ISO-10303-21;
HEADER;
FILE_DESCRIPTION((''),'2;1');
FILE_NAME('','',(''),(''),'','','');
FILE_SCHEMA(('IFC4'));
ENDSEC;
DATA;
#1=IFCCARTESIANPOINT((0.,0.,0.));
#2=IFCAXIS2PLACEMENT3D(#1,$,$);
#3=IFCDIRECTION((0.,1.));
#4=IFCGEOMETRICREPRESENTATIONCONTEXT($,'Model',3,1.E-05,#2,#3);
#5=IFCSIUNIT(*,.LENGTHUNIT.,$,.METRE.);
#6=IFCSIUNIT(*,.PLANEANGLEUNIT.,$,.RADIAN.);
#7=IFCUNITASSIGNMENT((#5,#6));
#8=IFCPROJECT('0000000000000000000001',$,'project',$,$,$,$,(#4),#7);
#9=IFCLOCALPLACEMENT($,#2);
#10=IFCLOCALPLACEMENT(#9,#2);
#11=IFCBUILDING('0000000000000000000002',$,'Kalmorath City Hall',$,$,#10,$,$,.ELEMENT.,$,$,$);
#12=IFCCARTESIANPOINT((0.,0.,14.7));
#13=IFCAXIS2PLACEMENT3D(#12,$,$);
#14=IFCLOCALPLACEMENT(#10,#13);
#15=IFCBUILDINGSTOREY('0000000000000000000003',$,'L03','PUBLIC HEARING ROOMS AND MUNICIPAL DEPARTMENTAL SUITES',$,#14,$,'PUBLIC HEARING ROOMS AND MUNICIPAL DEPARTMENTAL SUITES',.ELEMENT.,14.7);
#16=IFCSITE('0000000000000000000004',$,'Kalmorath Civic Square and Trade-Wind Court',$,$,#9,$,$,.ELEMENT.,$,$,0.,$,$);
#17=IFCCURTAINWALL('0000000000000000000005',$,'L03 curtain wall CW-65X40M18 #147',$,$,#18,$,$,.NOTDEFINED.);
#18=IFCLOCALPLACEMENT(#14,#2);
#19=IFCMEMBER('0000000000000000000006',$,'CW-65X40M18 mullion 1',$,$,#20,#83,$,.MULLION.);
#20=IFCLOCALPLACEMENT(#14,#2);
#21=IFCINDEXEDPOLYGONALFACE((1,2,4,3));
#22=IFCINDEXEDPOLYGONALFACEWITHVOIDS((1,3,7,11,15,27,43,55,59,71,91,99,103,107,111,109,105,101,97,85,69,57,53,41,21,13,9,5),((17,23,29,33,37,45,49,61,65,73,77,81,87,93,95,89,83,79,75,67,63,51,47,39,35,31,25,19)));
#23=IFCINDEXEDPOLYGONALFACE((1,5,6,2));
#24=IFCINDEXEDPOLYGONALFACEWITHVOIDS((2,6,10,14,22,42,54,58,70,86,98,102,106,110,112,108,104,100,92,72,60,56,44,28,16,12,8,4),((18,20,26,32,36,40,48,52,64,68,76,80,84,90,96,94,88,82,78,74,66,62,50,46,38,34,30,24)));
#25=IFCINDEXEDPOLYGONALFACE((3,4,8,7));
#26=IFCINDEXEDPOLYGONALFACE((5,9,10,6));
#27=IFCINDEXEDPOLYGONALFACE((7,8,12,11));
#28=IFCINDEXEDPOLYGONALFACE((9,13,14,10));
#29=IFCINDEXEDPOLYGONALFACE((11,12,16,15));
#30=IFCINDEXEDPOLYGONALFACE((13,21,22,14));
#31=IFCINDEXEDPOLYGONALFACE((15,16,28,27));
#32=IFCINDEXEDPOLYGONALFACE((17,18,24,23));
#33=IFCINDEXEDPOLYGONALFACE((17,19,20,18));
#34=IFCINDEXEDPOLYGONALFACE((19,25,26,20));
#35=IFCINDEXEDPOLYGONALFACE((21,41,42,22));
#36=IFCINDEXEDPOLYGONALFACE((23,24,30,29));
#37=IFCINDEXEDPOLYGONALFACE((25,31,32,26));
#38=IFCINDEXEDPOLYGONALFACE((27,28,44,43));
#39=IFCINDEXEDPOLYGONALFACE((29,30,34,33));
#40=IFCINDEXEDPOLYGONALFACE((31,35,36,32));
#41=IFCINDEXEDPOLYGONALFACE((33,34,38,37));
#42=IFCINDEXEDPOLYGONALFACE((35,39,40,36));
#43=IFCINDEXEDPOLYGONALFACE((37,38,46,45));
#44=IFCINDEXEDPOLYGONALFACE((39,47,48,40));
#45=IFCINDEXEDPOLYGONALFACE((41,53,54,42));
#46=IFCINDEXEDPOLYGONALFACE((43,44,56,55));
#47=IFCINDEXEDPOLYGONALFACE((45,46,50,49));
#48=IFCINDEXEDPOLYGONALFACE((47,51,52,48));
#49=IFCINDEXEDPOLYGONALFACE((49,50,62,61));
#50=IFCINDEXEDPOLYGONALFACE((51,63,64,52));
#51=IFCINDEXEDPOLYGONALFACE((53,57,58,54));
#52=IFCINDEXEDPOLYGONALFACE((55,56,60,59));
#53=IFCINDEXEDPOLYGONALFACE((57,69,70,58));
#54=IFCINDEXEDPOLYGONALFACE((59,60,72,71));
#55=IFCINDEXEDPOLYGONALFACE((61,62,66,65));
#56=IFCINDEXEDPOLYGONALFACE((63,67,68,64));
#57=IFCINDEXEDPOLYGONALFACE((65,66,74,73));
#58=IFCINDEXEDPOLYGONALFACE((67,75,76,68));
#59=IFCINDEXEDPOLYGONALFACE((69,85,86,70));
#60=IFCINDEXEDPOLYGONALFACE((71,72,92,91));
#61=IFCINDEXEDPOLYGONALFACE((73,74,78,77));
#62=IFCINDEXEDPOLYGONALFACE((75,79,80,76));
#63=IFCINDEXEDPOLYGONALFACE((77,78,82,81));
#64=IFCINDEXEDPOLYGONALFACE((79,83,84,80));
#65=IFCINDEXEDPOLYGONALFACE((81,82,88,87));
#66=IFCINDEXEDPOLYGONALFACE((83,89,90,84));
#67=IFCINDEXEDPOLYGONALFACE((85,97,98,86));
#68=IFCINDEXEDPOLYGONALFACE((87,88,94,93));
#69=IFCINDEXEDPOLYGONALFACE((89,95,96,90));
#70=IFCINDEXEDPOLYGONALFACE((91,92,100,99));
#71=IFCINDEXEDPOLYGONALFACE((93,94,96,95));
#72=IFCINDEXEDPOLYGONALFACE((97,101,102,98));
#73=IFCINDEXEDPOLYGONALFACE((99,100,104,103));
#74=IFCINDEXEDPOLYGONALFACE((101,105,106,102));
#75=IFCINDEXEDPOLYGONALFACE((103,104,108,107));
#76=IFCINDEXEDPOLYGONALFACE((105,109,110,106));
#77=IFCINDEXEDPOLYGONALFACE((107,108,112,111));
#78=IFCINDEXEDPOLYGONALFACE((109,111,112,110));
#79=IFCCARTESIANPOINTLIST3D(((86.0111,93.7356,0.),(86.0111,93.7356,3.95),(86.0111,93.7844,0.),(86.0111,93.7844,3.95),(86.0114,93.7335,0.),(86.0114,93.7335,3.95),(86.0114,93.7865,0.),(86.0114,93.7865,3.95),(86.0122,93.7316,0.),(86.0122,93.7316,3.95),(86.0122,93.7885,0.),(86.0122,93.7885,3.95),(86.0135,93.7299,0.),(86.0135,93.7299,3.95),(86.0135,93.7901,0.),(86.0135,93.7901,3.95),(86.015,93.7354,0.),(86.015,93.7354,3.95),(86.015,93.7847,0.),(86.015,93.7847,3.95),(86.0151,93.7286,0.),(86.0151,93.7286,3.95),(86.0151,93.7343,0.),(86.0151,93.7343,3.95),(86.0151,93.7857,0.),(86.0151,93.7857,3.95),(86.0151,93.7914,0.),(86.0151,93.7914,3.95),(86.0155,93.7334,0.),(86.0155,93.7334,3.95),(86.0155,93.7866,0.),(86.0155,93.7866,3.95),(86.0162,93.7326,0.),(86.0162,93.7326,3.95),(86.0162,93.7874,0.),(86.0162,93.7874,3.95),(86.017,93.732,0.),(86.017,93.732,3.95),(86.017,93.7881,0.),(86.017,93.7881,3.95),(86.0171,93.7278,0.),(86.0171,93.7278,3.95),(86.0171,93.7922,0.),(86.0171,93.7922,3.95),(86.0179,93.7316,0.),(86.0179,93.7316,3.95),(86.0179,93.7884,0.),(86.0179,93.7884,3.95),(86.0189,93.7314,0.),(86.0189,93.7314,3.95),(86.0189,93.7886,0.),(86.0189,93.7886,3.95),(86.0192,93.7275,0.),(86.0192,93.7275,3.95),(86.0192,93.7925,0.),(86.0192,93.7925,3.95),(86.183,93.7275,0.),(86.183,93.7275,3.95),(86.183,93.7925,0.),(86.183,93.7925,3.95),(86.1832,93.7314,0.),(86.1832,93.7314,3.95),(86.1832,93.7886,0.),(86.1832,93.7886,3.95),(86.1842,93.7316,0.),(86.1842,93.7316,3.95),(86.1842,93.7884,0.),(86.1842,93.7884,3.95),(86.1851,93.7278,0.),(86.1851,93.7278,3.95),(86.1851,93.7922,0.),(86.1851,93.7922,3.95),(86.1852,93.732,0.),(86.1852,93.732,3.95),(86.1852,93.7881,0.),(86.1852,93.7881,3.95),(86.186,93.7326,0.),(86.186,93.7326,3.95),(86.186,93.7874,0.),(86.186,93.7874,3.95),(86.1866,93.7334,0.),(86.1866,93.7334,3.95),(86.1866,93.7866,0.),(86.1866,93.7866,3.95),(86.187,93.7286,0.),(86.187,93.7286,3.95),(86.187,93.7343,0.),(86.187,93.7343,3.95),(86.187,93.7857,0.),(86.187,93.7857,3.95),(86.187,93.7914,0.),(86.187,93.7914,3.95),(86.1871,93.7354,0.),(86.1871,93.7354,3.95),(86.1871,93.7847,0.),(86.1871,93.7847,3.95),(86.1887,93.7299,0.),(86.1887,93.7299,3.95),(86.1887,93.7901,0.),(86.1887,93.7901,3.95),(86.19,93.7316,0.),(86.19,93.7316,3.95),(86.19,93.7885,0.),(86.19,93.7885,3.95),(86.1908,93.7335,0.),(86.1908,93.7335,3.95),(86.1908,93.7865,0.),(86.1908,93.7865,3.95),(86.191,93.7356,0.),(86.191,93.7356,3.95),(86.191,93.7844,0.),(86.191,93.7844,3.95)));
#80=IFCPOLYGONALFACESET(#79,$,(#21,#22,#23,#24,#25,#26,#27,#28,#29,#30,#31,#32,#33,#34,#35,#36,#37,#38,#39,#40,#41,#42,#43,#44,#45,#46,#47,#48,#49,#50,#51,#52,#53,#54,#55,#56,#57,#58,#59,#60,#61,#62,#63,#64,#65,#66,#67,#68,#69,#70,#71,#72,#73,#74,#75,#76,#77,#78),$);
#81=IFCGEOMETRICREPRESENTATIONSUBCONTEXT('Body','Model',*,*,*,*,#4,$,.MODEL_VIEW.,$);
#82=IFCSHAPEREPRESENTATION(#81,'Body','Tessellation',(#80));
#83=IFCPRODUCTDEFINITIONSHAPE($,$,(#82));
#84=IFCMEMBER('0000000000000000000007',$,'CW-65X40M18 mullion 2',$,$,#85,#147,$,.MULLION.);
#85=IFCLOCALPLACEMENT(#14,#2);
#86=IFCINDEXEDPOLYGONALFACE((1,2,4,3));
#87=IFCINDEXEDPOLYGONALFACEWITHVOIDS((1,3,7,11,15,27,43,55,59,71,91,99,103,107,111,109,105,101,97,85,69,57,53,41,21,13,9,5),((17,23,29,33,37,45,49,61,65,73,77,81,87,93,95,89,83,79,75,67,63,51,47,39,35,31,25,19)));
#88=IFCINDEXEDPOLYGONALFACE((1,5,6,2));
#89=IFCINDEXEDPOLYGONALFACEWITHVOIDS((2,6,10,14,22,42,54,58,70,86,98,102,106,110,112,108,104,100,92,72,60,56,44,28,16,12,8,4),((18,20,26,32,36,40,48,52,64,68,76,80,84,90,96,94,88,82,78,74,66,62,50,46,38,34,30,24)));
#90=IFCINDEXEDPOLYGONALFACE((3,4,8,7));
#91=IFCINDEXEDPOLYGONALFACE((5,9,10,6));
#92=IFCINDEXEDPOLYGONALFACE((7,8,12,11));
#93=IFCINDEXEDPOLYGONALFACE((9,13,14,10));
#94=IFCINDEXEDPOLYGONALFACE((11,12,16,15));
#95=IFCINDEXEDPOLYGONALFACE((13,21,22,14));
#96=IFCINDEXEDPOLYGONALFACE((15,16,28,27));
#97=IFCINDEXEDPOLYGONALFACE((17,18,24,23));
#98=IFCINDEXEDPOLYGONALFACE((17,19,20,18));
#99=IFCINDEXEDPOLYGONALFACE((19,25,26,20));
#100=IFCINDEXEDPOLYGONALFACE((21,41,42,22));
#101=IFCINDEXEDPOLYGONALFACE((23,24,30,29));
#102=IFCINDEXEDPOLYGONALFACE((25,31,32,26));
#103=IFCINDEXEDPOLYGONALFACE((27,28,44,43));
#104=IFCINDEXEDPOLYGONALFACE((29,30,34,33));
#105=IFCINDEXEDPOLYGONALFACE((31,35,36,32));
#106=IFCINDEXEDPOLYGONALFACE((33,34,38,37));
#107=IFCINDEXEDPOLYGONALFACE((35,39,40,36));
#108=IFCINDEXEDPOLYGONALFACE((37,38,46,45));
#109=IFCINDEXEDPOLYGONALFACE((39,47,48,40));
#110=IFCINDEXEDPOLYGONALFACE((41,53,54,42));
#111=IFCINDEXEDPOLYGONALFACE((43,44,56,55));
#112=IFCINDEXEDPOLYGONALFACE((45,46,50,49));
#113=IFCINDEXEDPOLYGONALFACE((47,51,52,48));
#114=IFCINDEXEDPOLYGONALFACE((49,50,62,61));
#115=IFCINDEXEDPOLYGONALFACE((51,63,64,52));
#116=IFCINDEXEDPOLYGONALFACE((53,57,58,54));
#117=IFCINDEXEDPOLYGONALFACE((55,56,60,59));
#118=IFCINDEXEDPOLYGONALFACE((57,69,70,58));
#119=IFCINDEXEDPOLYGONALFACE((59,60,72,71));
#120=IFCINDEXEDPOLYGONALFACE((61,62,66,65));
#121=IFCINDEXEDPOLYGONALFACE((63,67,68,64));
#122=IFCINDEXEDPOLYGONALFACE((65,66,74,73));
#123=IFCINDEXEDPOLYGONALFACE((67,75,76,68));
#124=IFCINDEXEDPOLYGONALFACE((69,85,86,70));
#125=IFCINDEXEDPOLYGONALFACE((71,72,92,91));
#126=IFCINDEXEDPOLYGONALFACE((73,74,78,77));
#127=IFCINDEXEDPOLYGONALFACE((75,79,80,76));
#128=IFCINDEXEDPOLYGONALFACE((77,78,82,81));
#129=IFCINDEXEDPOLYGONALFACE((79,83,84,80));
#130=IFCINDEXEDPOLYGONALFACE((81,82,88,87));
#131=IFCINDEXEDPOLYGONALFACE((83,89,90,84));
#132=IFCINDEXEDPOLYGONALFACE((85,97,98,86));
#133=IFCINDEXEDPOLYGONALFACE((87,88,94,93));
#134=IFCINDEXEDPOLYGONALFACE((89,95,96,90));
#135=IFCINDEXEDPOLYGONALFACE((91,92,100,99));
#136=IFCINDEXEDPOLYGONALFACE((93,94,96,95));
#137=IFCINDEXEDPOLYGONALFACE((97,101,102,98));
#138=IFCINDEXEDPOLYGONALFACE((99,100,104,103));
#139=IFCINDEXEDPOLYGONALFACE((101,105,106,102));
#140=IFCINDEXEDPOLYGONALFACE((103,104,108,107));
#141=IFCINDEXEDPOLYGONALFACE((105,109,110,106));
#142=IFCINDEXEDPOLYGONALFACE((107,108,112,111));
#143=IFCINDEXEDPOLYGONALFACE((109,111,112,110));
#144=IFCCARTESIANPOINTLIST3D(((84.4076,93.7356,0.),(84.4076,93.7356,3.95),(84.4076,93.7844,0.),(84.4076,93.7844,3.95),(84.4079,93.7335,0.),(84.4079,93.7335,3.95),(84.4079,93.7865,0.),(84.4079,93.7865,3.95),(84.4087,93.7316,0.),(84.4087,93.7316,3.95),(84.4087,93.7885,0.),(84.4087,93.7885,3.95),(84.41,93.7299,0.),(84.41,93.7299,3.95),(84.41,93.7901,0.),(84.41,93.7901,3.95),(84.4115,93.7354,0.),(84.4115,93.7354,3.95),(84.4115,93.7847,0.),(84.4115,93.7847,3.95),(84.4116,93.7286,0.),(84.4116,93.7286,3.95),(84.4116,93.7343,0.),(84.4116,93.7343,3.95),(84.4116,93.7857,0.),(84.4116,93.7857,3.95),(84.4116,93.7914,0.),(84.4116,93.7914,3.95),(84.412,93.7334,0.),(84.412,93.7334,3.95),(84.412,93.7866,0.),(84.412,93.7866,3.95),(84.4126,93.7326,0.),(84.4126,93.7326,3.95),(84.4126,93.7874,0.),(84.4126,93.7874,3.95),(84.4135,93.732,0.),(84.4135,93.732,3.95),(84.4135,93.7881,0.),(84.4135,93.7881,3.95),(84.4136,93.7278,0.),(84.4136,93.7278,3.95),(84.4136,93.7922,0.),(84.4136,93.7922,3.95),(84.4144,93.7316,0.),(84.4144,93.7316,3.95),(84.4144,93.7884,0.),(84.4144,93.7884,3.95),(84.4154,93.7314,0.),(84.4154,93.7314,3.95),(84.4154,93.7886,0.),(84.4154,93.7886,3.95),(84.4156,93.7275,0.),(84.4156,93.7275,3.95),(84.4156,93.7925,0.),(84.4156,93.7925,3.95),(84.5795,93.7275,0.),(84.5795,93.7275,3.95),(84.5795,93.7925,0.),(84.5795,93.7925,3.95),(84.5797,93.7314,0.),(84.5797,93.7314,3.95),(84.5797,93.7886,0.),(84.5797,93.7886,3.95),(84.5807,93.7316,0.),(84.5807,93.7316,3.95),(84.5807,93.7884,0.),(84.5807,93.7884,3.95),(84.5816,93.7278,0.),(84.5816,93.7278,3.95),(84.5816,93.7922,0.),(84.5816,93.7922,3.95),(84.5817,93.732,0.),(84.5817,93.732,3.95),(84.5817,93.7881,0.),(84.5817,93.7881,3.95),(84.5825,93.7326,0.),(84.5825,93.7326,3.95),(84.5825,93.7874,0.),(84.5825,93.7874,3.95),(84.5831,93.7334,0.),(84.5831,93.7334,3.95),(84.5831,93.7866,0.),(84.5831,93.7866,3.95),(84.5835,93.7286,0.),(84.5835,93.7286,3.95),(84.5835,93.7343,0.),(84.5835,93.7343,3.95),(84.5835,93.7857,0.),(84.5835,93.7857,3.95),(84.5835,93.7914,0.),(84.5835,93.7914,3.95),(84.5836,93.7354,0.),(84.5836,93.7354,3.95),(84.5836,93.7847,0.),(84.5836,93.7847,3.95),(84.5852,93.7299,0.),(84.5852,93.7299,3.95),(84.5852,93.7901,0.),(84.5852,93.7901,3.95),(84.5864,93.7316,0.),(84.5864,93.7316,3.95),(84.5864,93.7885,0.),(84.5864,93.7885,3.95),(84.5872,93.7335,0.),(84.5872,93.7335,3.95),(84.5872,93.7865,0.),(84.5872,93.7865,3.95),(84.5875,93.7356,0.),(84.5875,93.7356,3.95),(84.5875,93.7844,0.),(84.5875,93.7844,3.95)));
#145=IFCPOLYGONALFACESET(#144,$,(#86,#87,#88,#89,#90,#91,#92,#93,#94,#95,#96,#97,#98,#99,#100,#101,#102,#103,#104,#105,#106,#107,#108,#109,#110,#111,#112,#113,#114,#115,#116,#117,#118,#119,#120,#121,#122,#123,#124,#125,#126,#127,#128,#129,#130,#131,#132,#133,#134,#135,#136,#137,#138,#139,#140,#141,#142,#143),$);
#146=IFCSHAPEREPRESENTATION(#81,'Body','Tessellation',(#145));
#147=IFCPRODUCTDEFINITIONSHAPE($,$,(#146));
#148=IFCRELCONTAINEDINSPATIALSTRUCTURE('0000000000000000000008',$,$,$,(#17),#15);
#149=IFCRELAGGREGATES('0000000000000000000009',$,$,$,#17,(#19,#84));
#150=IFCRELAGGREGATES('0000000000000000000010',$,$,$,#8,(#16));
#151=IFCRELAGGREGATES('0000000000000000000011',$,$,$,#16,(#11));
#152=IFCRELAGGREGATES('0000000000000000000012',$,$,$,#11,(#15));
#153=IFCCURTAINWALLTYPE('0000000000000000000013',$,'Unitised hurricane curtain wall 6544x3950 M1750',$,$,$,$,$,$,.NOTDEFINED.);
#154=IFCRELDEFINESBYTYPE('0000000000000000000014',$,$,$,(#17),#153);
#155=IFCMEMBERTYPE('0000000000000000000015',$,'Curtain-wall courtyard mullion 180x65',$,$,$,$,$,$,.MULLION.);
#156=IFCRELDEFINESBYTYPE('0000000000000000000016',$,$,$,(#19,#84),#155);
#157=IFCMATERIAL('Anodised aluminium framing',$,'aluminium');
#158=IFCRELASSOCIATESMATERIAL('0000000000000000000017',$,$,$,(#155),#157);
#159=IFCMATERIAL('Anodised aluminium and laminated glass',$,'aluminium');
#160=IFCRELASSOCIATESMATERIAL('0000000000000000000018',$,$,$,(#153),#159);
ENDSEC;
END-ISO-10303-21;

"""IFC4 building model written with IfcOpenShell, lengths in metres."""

from ifc_helpers import new_model, si_unit, direction, frame, origin, origin_2d, place, context, subcontext, project, spatial, hollow_rectangle, extrude, material, material_profile, profile_set, type_object, element, aggregate, save


model = new_model("IFC4")

# Units and contexts
model_context = context("Model", 3, precision=1e-05, world=origin(), true_north=direction((0.0, 1.0)))
body_context = subcontext(model_context, "Body", "Model", "MODEL_VIEW")
ifc_project = project(units=[si_unit("LENGTHUNIT", "METRE"), si_unit("PLANEANGLEUNIT", "RADIAN")], contexts=[model_context])

# Site, building, storey
site_placement = place(None, origin())
site = spatial("IfcSite", under=ifc_project, at=site_placement, Name="Kalmorath Civic Square and Trade-Wind Court", CompositionType="ELEMENT", RefElevation=0.0)
building_placement = place(site_placement, origin())
building = spatial("IfcBuilding", under=site, at=building_placement, Name="Kalmorath City Hall", CompositionType="ELEMENT")
storey_placement = place(building_placement, frame((0.0, 0.0, 14.7)))
storey = spatial("IfcBuildingStorey", under=building, at=storey_placement, Name="L03", Description="PUBLIC HEARING ROOMS AND MUNICIPAL DEPARTMENTAL SUITES", LongName="PUBLIC HEARING ROOMS AND MUNICIPAL DEPARTMENTAL SUITES", CompositionType="ELEMENT", Elevation=14.7)

# Curtain wall, members
ifc_material_1 = material(Name="Anodised aluminium framing", Category="aluminium")
ifc_material_profile_1 = material_profile(ifc_material_1, hollow_rectangle(XDim=0.0649, YDim=0.1799, WallThickness=0.0039, InnerFilletRadius=0.0039, OuterFilletRadius=0.0081, at=origin_2d()), Name="ALU-MUL-180X65X4")
ifc_profile_set_1 = profile_set([ifc_material_profile_1], Name="Anodised aluminium framing")
member_type_1 = type_object("IfcMemberType", Name="Curtain-wall courtyard mullion 180x65", PredefinedType="MULLION", material=ifc_profile_set_1)
ifc_material_2 = material(Name="Anodised aluminium and laminated glass", Category="aluminium")
curtain_wall_type_1 = type_object("IfcCurtainWallType", Name="Unitised hurricane curtain wall 6544x3950 M1750", PredefinedType="NOTDEFINED", material=ifc_material_2)
curtain_wall_1_placement = place(storey_placement, origin())
curtain_wall_1 = element("IfcCurtainWall", 1, at=curtain_wall_1_placement, inside=storey, type_object=curtain_wall_type_1, Name="L03 curtain wall CW-65X40M18 #147", PredefinedType="NOTDEFINED")
member_1_placement = place(storey_placement, frame((86.1011, 93.76, 0.0), z_axis=(0.0, 0.0, 1.0), x_axis=(0.0, -1.0, 0.0)))
member_1 = element("IfcMember", 2, at=member_1_placement, type_object=member_type_1, Name="CW-65X40M18 mullion 1", PredefinedType="MULLION", context=body_context, shape_type="SweptSolid", body=[
    extrude(hollow_rectangle(XDim=0.0649, YDim=0.1799, WallThickness=0.0039, InnerFilletRadius=0.0039, OuterFilletRadius=0.0081, at=origin_2d()), origin(), (0.0, 0.0, 1.0), 3.95),
])
member_2_placement = place(storey_placement, frame((84.4976, 93.76, 0.0), z_axis=(0.0, 0.0, 1.0), x_axis=(0.0, -1.0, 0.0)))
member_2 = element("IfcMember", 3, at=member_2_placement, type_object=member_type_1, Name="CW-65X40M18 mullion 2", PredefinedType="MULLION", context=body_context, shape_type="SweptSolid", body=[
    extrude(hollow_rectangle(XDim=0.0649, YDim=0.1799, WallThickness=0.0039, InnerFilletRadius=0.0039, OuterFilletRadius=0.0081, at=origin_2d()), origin(), (0.0, 0.0, 1.0), 3.95),
])

aggregate(curtain_wall_1, [member_1, member_2])

save(model, "model.ifc")
